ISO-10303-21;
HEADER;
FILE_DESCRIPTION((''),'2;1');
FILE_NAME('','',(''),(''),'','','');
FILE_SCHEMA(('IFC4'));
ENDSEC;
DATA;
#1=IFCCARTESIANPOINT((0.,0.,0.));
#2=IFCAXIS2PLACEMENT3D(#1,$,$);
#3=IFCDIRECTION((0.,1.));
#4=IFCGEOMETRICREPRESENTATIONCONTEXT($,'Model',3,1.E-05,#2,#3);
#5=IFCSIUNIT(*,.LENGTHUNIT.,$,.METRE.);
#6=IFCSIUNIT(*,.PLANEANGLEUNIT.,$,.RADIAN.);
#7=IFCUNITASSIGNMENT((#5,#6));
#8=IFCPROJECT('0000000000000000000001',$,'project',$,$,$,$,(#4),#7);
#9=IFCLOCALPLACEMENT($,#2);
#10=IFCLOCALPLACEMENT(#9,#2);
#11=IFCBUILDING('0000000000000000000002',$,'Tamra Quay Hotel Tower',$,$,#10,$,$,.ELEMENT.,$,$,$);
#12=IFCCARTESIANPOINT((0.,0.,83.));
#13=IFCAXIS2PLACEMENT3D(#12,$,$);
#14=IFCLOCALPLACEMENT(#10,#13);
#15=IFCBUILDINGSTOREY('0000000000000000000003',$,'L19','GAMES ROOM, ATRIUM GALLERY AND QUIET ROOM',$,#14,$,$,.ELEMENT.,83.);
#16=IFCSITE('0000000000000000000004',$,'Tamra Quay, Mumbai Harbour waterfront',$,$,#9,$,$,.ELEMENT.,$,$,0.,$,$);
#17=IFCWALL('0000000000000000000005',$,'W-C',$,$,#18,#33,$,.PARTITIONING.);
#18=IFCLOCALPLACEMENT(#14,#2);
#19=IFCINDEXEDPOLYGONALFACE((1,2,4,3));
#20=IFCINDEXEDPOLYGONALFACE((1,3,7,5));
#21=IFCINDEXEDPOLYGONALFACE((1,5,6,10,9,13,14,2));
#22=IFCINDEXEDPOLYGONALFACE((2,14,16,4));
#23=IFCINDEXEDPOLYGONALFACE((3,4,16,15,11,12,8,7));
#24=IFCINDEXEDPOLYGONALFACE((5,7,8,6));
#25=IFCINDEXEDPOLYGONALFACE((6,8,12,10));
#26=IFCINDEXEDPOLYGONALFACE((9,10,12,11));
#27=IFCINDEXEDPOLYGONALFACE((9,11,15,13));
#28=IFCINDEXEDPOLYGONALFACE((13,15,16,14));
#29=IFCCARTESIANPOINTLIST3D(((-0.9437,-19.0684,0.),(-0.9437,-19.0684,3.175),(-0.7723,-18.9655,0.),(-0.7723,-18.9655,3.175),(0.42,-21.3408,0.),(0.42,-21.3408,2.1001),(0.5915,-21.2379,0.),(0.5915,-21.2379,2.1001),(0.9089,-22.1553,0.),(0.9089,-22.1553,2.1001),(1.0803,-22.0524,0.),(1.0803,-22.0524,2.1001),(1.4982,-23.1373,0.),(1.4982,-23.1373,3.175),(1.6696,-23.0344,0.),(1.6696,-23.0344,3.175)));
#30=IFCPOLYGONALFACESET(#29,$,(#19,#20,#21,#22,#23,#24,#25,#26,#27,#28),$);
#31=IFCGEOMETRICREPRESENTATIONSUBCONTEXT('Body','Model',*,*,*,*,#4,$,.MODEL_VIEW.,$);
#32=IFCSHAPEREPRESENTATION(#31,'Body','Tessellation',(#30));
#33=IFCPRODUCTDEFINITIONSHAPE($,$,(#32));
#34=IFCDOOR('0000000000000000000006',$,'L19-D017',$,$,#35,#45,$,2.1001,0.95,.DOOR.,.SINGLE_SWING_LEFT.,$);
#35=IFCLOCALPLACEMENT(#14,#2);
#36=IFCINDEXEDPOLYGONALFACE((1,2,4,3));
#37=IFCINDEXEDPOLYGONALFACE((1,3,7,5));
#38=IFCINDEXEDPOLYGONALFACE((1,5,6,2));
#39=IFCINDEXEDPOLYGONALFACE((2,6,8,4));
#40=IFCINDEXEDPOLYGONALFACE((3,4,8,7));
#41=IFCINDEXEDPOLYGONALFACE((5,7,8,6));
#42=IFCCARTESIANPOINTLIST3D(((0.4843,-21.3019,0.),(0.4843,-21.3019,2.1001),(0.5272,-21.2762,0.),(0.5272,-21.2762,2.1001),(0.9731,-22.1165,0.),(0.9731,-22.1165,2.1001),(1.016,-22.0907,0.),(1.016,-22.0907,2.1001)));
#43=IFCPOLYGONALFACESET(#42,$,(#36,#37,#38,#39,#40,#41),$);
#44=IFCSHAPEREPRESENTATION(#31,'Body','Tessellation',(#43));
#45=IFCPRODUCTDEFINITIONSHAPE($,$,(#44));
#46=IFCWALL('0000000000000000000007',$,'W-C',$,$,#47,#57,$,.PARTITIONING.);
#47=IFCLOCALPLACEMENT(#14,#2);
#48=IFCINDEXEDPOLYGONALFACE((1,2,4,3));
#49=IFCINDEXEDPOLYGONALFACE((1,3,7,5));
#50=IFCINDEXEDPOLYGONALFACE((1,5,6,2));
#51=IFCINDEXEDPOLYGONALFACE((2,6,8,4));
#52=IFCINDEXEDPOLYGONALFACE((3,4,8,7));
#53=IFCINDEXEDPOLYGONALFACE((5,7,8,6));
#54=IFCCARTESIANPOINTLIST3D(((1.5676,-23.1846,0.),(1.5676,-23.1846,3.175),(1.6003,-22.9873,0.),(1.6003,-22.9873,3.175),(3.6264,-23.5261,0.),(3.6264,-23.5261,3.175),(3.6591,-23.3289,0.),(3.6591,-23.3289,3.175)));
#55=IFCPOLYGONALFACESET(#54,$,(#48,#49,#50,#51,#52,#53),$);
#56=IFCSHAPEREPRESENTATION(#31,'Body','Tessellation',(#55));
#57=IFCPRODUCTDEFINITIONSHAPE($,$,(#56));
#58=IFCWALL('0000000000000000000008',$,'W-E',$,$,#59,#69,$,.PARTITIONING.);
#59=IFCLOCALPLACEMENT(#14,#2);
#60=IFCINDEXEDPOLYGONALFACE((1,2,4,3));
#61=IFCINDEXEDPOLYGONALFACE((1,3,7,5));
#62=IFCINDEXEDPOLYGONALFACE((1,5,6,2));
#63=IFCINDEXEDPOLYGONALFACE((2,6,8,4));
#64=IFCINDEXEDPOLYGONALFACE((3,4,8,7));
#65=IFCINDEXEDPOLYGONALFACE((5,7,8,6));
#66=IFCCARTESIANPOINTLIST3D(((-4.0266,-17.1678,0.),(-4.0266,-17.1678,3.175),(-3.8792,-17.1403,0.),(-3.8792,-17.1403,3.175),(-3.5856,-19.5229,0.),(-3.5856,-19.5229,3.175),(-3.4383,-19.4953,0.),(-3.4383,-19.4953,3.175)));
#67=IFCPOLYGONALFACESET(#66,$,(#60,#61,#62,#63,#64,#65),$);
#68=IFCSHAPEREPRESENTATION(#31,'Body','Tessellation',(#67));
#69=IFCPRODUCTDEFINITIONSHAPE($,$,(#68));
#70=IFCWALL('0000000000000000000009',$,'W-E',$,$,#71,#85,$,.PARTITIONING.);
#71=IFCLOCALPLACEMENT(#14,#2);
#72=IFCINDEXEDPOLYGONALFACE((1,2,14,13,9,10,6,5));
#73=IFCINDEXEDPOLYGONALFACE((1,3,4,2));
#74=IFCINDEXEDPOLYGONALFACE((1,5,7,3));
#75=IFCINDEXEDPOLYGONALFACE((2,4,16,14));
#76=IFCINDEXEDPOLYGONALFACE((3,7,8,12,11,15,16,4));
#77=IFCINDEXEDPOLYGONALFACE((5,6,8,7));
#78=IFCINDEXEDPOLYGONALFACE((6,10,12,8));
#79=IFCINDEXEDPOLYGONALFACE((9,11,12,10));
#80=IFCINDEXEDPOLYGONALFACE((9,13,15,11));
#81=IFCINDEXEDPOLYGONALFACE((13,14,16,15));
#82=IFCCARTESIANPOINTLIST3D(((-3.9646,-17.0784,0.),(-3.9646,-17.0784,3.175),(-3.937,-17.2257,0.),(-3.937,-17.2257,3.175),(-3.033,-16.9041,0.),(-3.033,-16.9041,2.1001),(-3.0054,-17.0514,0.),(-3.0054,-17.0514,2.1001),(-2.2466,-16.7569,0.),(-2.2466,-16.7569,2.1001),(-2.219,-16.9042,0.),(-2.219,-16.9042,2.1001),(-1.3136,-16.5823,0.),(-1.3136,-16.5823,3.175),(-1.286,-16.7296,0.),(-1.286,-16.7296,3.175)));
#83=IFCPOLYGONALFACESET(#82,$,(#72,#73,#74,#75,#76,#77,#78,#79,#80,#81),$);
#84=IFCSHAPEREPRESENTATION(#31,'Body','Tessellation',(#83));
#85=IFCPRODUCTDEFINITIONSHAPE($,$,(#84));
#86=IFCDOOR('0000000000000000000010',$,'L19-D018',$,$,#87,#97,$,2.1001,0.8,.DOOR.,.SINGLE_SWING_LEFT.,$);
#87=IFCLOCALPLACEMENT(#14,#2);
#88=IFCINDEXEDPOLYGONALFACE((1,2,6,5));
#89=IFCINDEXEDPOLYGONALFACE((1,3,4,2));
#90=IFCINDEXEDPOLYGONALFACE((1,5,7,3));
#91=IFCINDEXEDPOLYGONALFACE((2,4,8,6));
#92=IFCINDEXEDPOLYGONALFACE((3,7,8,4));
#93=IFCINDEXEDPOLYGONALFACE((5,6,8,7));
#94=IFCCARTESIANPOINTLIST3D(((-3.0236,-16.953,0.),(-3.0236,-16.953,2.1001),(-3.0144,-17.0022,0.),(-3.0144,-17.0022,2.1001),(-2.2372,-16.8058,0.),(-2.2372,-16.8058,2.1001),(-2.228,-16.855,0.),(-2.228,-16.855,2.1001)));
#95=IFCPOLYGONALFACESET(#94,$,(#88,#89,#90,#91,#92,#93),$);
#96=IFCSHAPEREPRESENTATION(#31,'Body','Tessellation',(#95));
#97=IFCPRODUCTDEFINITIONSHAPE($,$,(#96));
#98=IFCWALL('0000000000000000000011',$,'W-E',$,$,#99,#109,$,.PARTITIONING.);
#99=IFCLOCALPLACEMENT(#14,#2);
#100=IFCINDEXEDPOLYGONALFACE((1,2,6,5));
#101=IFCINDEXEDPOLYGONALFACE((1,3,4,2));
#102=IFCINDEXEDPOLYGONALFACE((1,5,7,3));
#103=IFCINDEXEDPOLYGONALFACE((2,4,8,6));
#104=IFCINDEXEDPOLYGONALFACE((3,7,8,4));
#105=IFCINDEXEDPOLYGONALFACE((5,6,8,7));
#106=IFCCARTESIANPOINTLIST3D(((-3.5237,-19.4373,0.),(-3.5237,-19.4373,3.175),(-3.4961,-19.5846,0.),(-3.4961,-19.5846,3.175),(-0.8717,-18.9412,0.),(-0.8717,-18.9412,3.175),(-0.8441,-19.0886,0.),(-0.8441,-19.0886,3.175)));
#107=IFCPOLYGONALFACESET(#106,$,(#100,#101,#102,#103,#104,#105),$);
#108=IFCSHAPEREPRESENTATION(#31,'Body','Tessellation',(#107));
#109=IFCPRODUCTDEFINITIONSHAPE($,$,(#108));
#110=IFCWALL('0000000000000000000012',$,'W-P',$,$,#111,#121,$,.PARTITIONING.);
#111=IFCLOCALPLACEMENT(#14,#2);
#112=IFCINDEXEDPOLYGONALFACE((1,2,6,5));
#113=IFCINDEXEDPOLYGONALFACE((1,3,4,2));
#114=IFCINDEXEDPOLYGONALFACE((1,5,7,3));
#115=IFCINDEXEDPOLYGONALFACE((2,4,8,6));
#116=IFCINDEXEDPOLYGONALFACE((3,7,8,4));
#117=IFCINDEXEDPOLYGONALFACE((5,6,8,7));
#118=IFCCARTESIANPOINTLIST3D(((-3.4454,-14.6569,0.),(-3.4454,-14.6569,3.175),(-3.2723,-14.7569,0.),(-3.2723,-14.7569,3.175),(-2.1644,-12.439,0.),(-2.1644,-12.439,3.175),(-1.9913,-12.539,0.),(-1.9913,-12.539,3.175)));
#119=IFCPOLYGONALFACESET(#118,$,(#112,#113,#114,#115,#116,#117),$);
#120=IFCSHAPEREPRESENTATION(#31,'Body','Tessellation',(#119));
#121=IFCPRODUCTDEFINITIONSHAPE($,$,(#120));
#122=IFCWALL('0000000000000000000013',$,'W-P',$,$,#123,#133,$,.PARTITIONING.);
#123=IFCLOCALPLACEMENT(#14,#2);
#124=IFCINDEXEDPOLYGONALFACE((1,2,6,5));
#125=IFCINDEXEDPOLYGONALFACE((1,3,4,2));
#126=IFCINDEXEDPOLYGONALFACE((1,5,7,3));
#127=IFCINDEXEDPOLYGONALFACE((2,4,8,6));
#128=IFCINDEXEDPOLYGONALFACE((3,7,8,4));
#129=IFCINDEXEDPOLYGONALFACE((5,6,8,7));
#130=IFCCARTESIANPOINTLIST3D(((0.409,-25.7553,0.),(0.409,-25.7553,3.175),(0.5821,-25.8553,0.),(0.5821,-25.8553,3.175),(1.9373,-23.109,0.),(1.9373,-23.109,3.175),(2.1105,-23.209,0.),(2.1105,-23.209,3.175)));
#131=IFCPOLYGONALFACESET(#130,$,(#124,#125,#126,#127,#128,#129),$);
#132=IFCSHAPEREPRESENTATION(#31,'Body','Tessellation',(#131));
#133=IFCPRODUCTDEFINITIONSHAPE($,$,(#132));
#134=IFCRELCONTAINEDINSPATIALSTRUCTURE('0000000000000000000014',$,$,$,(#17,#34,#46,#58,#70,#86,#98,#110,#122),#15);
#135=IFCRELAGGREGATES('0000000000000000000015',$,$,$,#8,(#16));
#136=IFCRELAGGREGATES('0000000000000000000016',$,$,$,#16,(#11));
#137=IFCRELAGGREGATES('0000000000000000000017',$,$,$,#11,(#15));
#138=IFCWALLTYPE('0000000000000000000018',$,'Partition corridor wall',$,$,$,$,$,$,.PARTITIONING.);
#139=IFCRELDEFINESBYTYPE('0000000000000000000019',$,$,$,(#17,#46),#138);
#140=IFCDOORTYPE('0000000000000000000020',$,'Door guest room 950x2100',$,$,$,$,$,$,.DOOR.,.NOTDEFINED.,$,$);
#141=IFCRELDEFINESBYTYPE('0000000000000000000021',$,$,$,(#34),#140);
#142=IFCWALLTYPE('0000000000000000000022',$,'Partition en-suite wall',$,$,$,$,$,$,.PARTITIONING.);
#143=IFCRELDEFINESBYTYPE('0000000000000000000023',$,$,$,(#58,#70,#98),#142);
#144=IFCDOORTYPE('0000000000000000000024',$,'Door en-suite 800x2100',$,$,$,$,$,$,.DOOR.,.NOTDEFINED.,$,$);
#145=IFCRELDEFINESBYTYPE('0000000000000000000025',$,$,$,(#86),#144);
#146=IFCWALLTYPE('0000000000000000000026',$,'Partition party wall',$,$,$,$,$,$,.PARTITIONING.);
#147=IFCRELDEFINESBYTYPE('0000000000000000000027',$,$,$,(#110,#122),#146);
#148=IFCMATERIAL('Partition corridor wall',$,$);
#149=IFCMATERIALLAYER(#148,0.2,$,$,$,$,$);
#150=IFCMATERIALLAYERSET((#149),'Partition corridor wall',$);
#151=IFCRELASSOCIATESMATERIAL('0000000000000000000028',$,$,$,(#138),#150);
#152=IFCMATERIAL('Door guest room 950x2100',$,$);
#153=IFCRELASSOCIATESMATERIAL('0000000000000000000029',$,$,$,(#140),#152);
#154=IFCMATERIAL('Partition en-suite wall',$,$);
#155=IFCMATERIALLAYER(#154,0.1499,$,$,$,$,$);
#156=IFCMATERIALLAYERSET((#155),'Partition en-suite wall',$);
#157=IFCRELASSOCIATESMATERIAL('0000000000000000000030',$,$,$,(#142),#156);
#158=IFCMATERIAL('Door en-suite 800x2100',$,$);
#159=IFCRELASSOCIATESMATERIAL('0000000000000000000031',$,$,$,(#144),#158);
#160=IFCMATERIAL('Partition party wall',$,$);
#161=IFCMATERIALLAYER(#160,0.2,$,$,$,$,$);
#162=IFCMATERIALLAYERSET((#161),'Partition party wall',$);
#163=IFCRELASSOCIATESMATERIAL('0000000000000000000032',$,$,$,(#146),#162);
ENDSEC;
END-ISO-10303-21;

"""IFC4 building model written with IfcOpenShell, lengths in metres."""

from ifc_helpers import new_model, si_unit, direction, frame, frame_2d, origin, place, context, subcontext, project, spatial, rectangle, extrude, material, layer, layer_set, type_object, element, fill, save


model = new_model("IFC4")

# Units and contexts
model_context = context("Model", 3, precision=1e-05, world=origin(), true_north=direction((0.0, 1.0)))
body_context = subcontext(model_context, "Body", "Model", "MODEL_VIEW")
ifc_project = project(units=[si_unit("LENGTHUNIT", "METRE"), si_unit("PLANEANGLEUNIT", "RADIAN")], contexts=[model_context])

# Site, building, storey
site_placement = place(None, origin())
site = spatial("IfcSite", under=ifc_project, at=site_placement, Name="Tamra Quay, Mumbai Harbour waterfront", CompositionType="ELEMENT", RefElevation=0.0)
building_placement = place(site_placement, origin())
building = spatial("IfcBuilding", under=site, at=building_placement, Name="Tamra Quay Hotel Tower", CompositionType="ELEMENT")
storey_placement = place(building_placement, frame((0.0, 0.0, 83.0)))
storey = spatial("IfcBuildingStorey", under=building, at=storey_placement, Name="L19", Description="GAMES ROOM, ATRIUM GALLERY AND QUIET ROOM", CompositionType="ELEMENT", Elevation=83.0)

# Wall, opening, door
ifc_material_1 = material(Name="Partition corridor wall")
ifc_layer_1 = layer(ifc_material_1, 0.2)
ifc_layer_set_1 = layer_set([ifc_layer_1], Name="Partition corridor wall")
wall_type_1 = type_object("IfcWallType", Name="Partition corridor wall", PredefinedType="PARTITIONING", material=ifc_layer_set_1)
wall_1_placement = place(storey_placement, frame((-0.8579, -19.0171, 0.0), z_axis=(0.0, 0.0, 1.0), x_axis=(0.514587, -0.857438, 0.0)))
wall_1 = element("IfcWall", 1, at=wall_1_placement, inside=storey, type_object=wall_type_1, Name="W-C", PredefinedType="PARTITIONING", context=body_context, shape_type="SweptSolid", body=[
    extrude(rectangle(XDim=4.7454, YDim=0.2, at=frame_2d((2.3726, 0.0))), origin(), (0.0, 0.0, 1.0), 3.175),
])
opening_1_placement = place(wall_1_placement, frame((2.6499, 0.0, 0.0)))
opening_1 = element("IfcOpeningElement", 2, at=opening_1_placement, cuts=wall_1, PredefinedType="OPENING", context=body_context, shape_type="SweptSolid", body=[
    extrude(rectangle(XDim=0.95, YDim=2.1001, at=frame_2d((0.4751, 1.05))), frame((0.0, 0.1099, 0.0), z_axis=(0.0, -1.0, 0.0), x_axis=(1.0, 0.0, 0.0)), (0.0, 0.0, 1.0), 0.22),
])
ifc_material_2 = material(Name="Door guest room 950x2100")
door_type_1 = type_object("IfcDoorType", Name="Door guest room 950x2100", OperationType="NOTDEFINED", PredefinedType="DOOR", material=ifc_material_2)
door_1_placement = place(opening_1_placement, frame((0.95, 0.0, 0.0), z_axis=(0.0, 0.0, 1.0), x_axis=(-1.0, 0.0, 0.0)))
door_1 = element("IfcDoor", 3, at=door_1_placement, inside=storey, type_object=door_type_1, Name="L19-D017", OperationType="SINGLE_SWING_LEFT", OverallHeight=2.1001, OverallWidth=0.95, PredefinedType="DOOR", context=body_context, shape_type="SweptSolid", body=[
    extrude(rectangle(XDim=0.95, YDim=2.1001, at=frame_2d((0.4751, 1.05))), frame((0.0, 0.0249, 0.0), z_axis=(0.0, -1.0, 0.0), x_axis=(1.0, 0.0, 0.0)), (0.0, 0.0, 1.0), 0.05),
])
fill(opening_1, door_1)

# Walls
wall_2_placement = place(storey_placement, frame((1.584, -23.0859, 0.0), z_axis=(0.0, 0.0, 1.0), x_axis=(0.986517, -0.163659, 0.0)))
element("IfcWall", 4, at=wall_2_placement, inside=storey, type_object=wall_type_1, Name="W-C", PredefinedType="PARTITIONING", context=body_context, shape_type="SweptSolid", body=[
    extrude(rectangle(XDim=2.0869, YDim=0.2, at=frame_2d((1.0435, 0.0))), origin(), (0.0, 0.0, 1.0), 3.175),
])
ifc_material_3 = material(Name="Partition en-suite wall")
ifc_layer_2 = layer(ifc_material_3, 0.1499)
ifc_layer_set_2 = layer_set([ifc_layer_2], Name="Partition en-suite wall")
wall_type_2 = type_object("IfcWallType", Name="Partition en-suite wall", PredefinedType="PARTITIONING", material=ifc_layer_set_2)
wall_3_placement = place(storey_placement, frame((-3.9529, -17.1541, 0.0), z_axis=(0.0, 0.0, 1.0), x_axis=(0.18403, -0.982921, 0.0)))
element("IfcWall", 5, at=wall_3_placement, inside=storey, type_object=wall_type_2, Name="W-E", PredefinedType="PARTITIONING", context=body_context, shape_type="SweptSolid", body=[
    extrude(rectangle(XDim=2.396, YDim=0.1499, at=frame_2d((1.198, 0.0))), origin(), (0.0, 0.0, 1.0), 3.175),
])

# Wall, opening, door
wall_4_placement = place(storey_placement, frame((-3.9509, -17.1521, 0.0), z_axis=(0.0, 0.0, 1.0), x_axis=(0.982936, 0.18395, 0.0)))
wall_4 = element("IfcWall", 6, at=wall_4_placement, inside=storey, type_object=wall_type_2, Name="W-E", PredefinedType="PARTITIONING", context=body_context, shape_type="SweptSolid", body=[
    extrude(rectangle(XDim=2.697, YDim=0.1499, at=frame_2d((1.3486, 0.0))), origin(), (0.0, 0.0, 1.0), 3.175),
])
opening_2_placement = place(wall_4_placement, frame((0.948, 0.0, 0.0)))
opening_2 = element("IfcOpeningElement", 7, at=opening_2_placement, cuts=wall_4, PredefinedType="OPENING", context=body_context, shape_type="SweptSolid", body=[
    extrude(rectangle(XDim=0.8, YDim=2.1001, at=frame_2d((0.3999, 1.05))), frame((0.0, 0.085, 0.0), z_axis=(0.0, -1.0, 0.0), x_axis=(1.0, 0.0, 0.0)), (0.0, 0.0, 1.0), 0.1699),
])
ifc_material_4 = material(Name="Door en-suite 800x2100")
door_type_2 = type_object("IfcDoorType", Name="Door en-suite 800x2100", OperationType="NOTDEFINED", PredefinedType="DOOR", material=ifc_material_4)
door_2_placement = place(opening_2_placement, frame((0.8, 0.0, 0.0), z_axis=(0.0, 0.0, 1.0), x_axis=(-1.0, 0.0, 0.0)))
door_2 = element("IfcDoor", 8, at=door_2_placement, inside=storey, type_object=door_type_2, Name="L19-D018", OperationType="SINGLE_SWING_LEFT", OverallHeight=2.1001, OverallWidth=0.8, PredefinedType="DOOR", context=body_context, shape_type="SweptSolid", body=[
    extrude(rectangle(XDim=0.8, YDim=2.1001, at=frame_2d((0.3999, 1.05))), frame((0.0, 0.0249, 0.0), z_axis=(0.0, -1.0, 0.0), x_axis=(1.0, 0.0, 0.0)), (0.0, 0.0, 1.0), 0.05),
])
fill(opening_2, door_2)

# Walls
wall_5_placement = place(storey_placement, frame((-3.51, -19.511, 0.0), z_axis=(0.0, 0.0, 1.0), x_axis=(0.982951, 0.183868, 0.0)))
element("IfcWall", 9, at=wall_5_placement, inside=storey, type_object=wall_type_2, Name="W-E", PredefinedType="PARTITIONING", context=body_context, shape_type="SweptSolid", body=[
    extrude(rectangle(XDim=2.698, YDim=0.1499, at=frame_2d((1.3491, 0.0))), origin(), (0.0, 0.0, 1.0), 3.175),
])
ifc_material_5 = material(Name="Partition party wall")
ifc_layer_3 = layer(ifc_material_5, 0.2)
ifc_layer_set_3 = layer_set([ifc_layer_3], Name="Partition party wall")
wall_type_3 = type_object("IfcWallType", Name="Partition party wall", PredefinedType="PARTITIONING", material=ifc_layer_set_3)
wall_6_placement = place(storey_placement, frame((-3.3589, -14.707, 0.0), z_axis=(0.0, 0.0, 1.0), x_axis=(0.500127, 0.865952, 0.0)))
element("IfcWall", 10, at=wall_6_placement, inside=storey, type_object=wall_type_3, Name="W-P", PredefinedType="PARTITIONING", context=body_context, shape_type="SweptSolid", body=[
    extrude(rectangle(XDim=2.5613, YDim=0.2, at=frame_2d((1.2808, 0.0))), origin(), (0.0, 0.0, 1.0), 3.175),
])
wall_7_placement = place(storey_placement, frame((0.4956, -25.8052, 0.0), z_axis=(0.0, 0.0, 1.0), x_axis=(0.500126, 0.865953, 0.0)))
element("IfcWall", 11, at=wall_7_placement, inside=storey, type_object=wall_type_3, Name="W-P", PredefinedType="PARTITIONING", context=body_context, shape_type="SweptSolid", body=[
    extrude(rectangle(XDim=3.0559, YDim=0.2, at=frame_2d((1.5278, 0.0))), origin(), (0.0, 0.0, 1.0), 3.175),
])

save(model, "model.ifc")
